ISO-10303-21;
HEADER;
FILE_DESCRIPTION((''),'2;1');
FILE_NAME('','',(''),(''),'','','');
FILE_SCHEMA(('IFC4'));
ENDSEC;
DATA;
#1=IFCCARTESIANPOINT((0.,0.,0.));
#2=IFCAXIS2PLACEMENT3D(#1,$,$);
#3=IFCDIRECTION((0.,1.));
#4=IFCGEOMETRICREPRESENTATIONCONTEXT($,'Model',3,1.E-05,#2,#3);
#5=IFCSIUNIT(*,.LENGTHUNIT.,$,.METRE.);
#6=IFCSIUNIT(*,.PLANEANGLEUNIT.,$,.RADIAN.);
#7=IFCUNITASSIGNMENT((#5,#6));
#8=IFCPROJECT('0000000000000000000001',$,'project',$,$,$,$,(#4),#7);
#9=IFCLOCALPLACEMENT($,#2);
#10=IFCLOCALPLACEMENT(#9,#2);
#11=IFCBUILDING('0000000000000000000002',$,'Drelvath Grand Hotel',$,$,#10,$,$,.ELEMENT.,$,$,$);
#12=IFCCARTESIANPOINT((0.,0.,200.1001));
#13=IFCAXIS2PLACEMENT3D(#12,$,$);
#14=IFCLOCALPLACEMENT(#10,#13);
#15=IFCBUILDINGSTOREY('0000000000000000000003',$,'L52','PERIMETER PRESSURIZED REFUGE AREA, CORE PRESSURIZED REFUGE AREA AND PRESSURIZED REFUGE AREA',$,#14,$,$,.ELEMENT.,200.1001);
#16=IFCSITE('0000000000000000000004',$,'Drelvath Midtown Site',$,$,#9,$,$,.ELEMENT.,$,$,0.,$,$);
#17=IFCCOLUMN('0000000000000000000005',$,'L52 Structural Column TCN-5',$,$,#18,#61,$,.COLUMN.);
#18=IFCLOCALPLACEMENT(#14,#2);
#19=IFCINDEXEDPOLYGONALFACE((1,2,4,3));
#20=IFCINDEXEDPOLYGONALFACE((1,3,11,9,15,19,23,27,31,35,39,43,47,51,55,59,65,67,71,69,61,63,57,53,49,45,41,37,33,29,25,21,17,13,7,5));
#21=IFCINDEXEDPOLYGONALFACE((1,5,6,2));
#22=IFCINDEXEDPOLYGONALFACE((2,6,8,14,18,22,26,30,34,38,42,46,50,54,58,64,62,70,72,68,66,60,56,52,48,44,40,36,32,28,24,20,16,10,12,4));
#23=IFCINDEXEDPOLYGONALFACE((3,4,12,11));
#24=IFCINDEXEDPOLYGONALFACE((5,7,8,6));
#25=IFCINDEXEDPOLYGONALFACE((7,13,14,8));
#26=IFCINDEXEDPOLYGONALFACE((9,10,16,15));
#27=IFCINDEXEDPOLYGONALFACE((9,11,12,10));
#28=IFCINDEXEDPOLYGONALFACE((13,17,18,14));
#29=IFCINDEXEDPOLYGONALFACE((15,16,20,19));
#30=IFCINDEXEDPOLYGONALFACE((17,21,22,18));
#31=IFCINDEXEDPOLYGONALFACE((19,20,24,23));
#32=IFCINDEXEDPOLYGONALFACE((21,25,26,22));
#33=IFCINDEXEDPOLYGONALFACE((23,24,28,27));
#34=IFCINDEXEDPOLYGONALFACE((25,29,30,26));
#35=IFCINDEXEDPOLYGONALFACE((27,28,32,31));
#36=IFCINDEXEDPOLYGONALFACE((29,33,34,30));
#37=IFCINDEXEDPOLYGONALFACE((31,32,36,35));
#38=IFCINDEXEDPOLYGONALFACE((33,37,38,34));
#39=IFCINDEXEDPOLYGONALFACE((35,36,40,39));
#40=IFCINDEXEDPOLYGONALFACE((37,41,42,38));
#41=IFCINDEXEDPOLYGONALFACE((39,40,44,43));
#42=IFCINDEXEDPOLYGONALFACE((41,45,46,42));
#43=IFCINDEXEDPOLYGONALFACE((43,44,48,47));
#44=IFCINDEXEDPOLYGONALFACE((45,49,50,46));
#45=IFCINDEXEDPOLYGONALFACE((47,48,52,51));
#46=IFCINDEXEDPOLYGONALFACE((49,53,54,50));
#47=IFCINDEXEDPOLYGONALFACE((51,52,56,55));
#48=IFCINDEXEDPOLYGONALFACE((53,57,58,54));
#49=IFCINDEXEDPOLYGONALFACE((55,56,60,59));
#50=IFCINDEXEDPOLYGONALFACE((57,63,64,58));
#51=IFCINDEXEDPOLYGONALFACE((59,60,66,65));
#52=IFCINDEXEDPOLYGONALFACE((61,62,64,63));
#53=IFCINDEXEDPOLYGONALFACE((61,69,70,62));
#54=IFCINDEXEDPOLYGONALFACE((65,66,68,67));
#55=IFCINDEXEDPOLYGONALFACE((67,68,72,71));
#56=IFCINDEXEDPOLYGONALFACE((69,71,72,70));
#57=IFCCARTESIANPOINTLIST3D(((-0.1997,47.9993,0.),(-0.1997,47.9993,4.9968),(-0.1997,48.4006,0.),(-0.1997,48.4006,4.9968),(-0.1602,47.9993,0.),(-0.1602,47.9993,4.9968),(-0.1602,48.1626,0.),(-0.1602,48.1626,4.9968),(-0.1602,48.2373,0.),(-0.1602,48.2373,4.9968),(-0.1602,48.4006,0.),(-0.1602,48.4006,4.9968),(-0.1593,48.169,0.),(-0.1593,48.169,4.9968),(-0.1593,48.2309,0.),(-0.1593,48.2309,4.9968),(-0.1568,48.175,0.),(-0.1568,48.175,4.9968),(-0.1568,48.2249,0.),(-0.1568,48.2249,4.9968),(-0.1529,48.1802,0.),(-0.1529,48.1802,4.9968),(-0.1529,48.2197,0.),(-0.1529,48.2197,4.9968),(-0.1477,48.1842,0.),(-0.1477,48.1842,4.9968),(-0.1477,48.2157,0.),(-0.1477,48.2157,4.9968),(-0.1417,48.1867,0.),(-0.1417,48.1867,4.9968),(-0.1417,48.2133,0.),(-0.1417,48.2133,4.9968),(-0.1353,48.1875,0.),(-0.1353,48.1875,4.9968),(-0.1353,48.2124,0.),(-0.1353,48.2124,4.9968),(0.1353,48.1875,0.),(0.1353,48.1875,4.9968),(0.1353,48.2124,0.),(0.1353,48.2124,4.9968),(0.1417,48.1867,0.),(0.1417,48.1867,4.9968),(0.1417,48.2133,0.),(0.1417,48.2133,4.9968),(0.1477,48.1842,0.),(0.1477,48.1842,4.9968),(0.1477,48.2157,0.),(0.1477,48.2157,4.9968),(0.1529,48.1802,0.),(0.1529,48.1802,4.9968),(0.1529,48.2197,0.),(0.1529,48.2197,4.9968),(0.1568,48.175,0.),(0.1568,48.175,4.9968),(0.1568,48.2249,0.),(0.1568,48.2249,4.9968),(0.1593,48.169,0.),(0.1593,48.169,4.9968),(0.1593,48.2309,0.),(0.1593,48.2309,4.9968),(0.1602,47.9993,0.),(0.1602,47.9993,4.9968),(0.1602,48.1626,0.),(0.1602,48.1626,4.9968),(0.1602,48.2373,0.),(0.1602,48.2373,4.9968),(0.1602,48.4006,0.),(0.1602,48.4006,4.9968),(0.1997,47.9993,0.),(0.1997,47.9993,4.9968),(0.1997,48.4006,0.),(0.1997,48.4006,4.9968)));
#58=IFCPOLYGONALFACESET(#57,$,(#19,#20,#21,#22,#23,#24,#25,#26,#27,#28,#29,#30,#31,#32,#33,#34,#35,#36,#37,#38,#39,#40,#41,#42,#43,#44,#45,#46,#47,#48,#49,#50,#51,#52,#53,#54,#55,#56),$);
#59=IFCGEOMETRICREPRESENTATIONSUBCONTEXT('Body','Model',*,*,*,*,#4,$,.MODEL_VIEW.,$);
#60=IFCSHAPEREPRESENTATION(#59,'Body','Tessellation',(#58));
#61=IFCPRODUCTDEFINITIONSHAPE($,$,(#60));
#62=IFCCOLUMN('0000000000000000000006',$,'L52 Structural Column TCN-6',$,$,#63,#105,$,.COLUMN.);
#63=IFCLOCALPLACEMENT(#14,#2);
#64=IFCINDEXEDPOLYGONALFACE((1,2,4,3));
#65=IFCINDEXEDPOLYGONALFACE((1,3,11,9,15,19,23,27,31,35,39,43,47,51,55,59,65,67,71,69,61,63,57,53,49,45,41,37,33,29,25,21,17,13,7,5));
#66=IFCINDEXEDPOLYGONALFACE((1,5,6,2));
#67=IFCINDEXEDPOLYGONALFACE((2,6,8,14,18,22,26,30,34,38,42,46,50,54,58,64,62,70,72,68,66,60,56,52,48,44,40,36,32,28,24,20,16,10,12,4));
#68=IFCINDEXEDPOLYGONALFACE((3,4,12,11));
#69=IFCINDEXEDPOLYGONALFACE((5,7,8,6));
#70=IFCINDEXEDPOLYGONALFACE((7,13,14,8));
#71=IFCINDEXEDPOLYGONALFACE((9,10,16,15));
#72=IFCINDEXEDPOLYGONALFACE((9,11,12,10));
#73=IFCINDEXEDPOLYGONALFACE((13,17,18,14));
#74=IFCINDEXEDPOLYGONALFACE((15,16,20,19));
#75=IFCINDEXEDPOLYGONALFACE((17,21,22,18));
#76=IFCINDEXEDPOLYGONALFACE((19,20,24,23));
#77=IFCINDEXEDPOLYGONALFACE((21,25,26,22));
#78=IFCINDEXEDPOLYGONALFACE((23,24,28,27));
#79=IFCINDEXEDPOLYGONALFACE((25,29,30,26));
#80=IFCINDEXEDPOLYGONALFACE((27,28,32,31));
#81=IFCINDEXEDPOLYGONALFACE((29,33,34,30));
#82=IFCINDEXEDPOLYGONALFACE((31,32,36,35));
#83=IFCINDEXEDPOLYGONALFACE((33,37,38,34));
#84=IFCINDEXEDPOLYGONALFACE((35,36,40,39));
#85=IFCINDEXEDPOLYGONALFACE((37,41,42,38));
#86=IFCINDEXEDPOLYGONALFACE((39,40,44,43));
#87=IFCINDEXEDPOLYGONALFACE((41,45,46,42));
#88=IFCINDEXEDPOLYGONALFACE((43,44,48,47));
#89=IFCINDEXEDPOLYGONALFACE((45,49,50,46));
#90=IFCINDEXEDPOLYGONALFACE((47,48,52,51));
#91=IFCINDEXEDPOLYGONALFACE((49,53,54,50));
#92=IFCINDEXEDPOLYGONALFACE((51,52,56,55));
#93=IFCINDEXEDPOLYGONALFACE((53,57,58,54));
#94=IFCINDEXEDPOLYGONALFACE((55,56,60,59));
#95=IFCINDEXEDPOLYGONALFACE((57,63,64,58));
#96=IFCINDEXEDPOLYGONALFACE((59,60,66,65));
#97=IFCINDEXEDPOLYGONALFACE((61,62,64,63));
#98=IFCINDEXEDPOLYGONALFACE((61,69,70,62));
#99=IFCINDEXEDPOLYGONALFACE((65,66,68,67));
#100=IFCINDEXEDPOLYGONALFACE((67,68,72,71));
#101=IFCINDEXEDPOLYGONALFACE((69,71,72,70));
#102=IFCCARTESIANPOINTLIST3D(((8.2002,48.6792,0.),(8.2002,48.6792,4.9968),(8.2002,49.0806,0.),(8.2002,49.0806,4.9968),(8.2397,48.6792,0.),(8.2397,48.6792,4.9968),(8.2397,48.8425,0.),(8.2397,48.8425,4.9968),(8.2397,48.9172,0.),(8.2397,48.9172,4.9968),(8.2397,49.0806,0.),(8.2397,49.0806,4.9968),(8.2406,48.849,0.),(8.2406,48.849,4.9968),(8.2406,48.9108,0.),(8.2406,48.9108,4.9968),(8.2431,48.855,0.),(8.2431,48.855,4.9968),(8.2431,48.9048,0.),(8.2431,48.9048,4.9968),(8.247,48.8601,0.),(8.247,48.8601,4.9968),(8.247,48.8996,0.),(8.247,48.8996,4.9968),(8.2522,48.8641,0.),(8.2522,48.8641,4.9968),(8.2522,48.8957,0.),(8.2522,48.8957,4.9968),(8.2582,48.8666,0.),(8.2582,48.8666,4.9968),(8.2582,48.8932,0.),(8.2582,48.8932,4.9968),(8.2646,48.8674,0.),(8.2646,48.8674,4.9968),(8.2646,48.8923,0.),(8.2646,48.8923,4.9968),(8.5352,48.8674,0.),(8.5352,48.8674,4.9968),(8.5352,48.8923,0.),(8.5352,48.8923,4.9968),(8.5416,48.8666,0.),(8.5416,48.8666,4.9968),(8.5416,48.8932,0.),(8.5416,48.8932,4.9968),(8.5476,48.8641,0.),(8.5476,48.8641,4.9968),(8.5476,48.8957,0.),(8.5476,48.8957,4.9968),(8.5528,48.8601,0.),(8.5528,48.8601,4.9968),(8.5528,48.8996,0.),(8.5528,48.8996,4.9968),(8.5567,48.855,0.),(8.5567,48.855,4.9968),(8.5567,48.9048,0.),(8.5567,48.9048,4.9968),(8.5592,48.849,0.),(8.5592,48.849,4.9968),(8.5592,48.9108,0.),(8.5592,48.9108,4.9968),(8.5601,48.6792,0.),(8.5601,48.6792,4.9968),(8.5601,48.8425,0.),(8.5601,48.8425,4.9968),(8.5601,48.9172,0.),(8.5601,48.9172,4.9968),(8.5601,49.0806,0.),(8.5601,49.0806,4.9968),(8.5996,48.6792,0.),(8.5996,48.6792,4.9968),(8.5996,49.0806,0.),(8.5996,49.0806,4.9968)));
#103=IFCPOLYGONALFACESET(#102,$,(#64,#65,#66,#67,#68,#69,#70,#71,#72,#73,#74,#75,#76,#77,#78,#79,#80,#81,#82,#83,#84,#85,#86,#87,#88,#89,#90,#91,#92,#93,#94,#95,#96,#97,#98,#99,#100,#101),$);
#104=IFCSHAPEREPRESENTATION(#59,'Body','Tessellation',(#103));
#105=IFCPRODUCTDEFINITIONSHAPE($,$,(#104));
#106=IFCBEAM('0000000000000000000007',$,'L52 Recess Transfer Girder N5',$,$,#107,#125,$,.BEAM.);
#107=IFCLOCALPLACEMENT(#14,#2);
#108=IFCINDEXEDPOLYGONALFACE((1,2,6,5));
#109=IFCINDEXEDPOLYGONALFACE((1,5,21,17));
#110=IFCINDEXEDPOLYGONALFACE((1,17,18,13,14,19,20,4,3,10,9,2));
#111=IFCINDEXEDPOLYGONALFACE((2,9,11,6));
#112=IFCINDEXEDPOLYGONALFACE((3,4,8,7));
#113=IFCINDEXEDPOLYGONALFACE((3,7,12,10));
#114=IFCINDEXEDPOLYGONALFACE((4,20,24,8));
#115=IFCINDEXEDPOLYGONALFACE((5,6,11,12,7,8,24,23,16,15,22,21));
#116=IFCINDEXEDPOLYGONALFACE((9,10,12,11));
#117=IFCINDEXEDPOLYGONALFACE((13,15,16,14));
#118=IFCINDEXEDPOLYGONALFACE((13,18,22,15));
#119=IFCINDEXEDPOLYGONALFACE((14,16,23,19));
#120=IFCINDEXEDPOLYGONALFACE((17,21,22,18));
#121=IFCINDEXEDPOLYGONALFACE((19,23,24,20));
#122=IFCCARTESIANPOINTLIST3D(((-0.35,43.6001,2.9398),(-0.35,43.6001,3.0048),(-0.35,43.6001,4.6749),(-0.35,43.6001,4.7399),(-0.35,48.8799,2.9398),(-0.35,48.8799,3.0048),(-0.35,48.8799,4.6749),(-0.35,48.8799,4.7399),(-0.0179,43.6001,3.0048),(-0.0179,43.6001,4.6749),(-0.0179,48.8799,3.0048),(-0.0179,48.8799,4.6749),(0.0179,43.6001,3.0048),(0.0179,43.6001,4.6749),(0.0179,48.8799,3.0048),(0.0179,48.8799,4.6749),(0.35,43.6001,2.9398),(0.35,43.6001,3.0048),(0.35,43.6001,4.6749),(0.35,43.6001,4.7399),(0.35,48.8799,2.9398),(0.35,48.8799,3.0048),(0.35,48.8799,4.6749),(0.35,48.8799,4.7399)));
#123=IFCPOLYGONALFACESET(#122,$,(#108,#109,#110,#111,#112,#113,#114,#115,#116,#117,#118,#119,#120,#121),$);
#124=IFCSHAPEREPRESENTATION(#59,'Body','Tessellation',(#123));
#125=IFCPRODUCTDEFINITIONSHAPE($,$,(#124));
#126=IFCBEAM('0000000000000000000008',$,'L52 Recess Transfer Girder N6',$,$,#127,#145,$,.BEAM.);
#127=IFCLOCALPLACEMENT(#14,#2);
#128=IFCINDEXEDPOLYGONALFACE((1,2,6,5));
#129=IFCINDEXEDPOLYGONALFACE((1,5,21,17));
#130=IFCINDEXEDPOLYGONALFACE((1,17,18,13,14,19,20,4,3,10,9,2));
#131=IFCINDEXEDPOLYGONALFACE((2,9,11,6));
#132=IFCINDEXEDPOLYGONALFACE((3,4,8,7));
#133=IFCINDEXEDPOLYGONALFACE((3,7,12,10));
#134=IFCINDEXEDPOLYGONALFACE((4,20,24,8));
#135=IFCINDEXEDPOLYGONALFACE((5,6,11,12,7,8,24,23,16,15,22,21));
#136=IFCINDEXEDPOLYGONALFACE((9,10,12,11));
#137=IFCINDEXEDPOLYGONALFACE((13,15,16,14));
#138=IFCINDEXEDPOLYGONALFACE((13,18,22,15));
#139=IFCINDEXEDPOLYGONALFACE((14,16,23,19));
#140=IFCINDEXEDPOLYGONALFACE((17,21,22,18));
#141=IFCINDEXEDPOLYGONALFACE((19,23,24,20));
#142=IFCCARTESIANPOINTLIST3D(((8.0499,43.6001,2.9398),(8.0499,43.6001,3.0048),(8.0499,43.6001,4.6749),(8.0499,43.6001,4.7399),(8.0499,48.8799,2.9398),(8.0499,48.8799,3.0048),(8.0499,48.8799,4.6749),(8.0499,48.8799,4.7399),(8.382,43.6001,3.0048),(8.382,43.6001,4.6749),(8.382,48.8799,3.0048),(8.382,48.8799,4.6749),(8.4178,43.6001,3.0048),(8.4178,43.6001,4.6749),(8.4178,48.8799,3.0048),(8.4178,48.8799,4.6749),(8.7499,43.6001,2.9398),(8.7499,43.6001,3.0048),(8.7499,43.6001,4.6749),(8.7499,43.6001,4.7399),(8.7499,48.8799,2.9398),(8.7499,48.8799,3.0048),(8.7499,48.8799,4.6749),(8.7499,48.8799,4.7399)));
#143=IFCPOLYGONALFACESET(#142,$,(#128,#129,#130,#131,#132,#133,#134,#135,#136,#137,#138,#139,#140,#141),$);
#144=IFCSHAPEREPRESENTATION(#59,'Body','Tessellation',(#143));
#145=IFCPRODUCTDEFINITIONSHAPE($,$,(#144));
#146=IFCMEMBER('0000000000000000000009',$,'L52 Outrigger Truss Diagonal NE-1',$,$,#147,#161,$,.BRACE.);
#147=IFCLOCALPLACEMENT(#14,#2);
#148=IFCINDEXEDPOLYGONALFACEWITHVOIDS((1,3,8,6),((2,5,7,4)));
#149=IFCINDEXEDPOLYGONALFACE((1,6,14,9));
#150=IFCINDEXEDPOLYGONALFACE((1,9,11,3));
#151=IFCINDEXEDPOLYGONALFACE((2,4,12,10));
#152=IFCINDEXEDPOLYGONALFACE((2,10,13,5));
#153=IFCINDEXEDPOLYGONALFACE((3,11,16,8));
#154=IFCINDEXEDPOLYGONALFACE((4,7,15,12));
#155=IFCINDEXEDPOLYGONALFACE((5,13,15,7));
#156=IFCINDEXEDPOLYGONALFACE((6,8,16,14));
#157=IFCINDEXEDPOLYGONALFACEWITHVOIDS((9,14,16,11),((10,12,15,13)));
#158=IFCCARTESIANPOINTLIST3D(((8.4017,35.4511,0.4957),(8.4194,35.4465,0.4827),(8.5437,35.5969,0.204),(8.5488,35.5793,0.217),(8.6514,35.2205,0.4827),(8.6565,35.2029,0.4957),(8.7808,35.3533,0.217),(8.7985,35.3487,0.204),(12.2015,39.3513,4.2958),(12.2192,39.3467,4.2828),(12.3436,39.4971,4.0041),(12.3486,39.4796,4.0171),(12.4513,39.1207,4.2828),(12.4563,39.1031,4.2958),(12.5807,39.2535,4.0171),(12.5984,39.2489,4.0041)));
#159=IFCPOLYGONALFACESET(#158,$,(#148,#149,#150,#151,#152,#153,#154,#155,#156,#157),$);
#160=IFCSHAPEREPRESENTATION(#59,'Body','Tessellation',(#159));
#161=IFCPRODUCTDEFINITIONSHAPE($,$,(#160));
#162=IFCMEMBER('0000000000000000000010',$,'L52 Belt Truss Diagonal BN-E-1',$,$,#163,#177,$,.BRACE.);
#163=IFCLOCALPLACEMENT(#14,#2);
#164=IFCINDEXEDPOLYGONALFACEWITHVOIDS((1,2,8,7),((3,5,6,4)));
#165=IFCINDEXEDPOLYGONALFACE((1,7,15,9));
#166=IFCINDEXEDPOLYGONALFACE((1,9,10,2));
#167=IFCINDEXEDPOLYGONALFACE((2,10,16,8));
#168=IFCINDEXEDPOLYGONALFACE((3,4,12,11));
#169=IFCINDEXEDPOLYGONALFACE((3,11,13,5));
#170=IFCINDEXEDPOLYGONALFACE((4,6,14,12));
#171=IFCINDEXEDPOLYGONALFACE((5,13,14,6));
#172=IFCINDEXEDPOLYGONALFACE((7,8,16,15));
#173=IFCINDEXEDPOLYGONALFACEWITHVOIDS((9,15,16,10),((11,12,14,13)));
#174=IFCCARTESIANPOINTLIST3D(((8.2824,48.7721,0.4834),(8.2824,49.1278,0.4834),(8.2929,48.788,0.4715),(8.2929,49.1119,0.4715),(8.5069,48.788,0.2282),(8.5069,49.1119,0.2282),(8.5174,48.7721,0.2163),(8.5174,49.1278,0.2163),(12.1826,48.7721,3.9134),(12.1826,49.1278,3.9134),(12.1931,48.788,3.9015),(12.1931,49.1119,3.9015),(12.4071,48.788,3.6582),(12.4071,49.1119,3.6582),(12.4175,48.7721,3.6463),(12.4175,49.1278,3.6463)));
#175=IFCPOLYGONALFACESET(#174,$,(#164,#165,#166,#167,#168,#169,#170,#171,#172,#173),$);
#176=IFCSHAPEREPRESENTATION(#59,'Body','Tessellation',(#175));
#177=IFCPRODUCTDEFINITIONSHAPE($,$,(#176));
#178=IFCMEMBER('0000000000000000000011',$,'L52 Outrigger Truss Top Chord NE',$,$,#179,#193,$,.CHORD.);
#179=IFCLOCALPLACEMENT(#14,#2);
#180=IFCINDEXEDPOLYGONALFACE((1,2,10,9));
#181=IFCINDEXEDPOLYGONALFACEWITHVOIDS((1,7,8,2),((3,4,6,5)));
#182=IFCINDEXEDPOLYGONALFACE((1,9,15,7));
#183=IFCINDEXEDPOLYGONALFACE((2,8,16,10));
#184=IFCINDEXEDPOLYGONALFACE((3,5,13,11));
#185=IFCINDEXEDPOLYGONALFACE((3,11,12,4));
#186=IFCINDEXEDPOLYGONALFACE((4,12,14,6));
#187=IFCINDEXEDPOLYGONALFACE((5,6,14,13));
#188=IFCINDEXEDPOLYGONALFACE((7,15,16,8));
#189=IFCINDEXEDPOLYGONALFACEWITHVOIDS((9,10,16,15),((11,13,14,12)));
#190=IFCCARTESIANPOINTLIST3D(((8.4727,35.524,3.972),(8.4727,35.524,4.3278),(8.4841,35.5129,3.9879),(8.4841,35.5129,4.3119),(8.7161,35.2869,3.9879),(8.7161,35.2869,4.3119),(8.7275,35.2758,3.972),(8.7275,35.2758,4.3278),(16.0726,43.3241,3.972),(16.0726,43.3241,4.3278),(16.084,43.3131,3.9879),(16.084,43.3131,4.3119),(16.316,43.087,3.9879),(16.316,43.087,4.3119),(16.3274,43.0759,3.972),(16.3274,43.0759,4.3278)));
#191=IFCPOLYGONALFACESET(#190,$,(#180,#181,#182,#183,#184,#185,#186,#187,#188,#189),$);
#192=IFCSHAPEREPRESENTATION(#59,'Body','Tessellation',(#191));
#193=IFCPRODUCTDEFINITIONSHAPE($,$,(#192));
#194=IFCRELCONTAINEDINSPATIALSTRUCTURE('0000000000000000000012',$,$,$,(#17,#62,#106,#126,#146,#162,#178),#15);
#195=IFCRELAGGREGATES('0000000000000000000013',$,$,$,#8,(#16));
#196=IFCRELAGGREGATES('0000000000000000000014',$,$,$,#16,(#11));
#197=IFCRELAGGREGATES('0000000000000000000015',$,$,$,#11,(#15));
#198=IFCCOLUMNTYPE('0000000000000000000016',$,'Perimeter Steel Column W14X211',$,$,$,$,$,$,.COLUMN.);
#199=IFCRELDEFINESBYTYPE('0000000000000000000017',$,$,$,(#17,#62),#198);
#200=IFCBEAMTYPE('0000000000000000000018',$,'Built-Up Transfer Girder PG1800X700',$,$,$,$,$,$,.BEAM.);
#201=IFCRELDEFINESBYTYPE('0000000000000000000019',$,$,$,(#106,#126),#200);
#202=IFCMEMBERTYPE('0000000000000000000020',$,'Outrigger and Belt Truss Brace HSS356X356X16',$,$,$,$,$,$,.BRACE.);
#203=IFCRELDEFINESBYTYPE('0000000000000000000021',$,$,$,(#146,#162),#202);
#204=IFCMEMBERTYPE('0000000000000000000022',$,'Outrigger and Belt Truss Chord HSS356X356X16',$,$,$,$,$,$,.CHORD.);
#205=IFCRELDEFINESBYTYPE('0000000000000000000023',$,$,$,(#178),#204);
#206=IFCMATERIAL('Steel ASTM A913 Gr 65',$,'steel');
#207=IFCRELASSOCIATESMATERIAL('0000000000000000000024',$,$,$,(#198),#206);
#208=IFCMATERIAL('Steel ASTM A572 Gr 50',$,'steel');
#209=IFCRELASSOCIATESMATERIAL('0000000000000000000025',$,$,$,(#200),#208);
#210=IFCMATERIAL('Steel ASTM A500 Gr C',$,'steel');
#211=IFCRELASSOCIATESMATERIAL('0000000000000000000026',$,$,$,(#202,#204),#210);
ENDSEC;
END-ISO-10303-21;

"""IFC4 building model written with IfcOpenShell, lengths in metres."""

from ifc_helpers import new_model, si_unit, direction, frame, origin, origin_2d, place, context, subcontext, project, spatial, hollow_rectangle, i_section, extrude, material, material_profile, profile_set, type_object, element, save


model = new_model("IFC4")

# Units and contexts
model_context = context("Model", 3, precision=1e-05, world=origin(), true_north=direction((0.0, 1.0)))
body_context = subcontext(model_context, "Body", "Model", "MODEL_VIEW")
ifc_project = project(units=[si_unit("LENGTHUNIT", "METRE"), si_unit("PLANEANGLEUNIT", "RADIAN")], contexts=[model_context])

# Site, building, storey
site_placement = place(None, origin())
site = spatial("IfcSite", under=ifc_project, at=site_placement, Name="Drelvath Midtown Site", CompositionType="ELEMENT", RefElevation=0.0)
building_placement = place(site_placement, origin())
building = spatial("IfcBuilding", under=site, at=building_placement, Name="Drelvath Grand Hotel", CompositionType="ELEMENT")
storey_placement = place(building_placement, frame((0.0, 0.0, 200.1001)))
storey = spatial("IfcBuildingStorey", under=building, at=storey_placement, Name="L52", Description="PERIMETER PRESSURIZED REFUGE AREA, CORE PRESSURIZED REFUGE AREA AND PRESSURIZED REFUGE AREA", CompositionType="ELEMENT", Elevation=200.1001)

# Columns
ifc_material_1 = material(Name="Steel ASTM A913 Gr 65", Category="steel")
ifc_material_profile_1 = material_profile(ifc_material_1, i_section(OverallWidth=0.4014, OverallDepth=0.3994, WebThickness=0.0249, FlangeThickness=0.0396, FilletRadius=0.0249, at=origin_2d()), Name="W14X211")
ifc_profile_set_1 = profile_set([ifc_material_profile_1], Name="Steel ASTM A913 Gr 65")
column_type = type_object("IfcColumnType", Name="Perimeter Steel Column W14X211", PredefinedType="COLUMN", material=ifc_profile_set_1)
for number, where, z_axis, x_axis, name in (
    (1, (0.0, 48.2, 0.0), (0.0, 0.0, 1.0), (0.0, 1.0, 0.0), "L52 Structural Column TCN-5"),
    (2, (8.3999, 48.8799, 0.0), (0.0, 0.0, 1.0), (0.0, 1.0, 0.0), "L52 Structural Column TCN-6"),
):
    element("IfcColumn", number, at=place(storey_placement, frame(where, z_axis=z_axis, x_axis=x_axis)), inside=storey, type_object=column_type, Name=name, PredefinedType="COLUMN", context=body_context, shape_type="SweptSolid", body=[
        extrude(i_section(OverallWidth=0.4014, OverallDepth=0.3994, WebThickness=0.0249, FlangeThickness=0.0396, FilletRadius=0.0249, at=origin_2d()), origin(), (0.0, 0.0, 1.0), 4.9968),
    ])

# Beams
ifc_material_2 = material(Name="Steel ASTM A572 Gr 50", Category="steel")
ifc_material_profile_2 = material_profile(ifc_material_2, i_section(OverallWidth=0.7, OverallDepth=1.8, WebThickness=0.0359, FlangeThickness=0.0649, at=origin_2d()), Name="PG1800X700")
ifc_profile_set_2 = profile_set([ifc_material_profile_2], Name="Steel ASTM A572 Gr 50")
beam_type_1 = type_object("IfcBeamType", Name="Built-Up Transfer Girder PG1800X700", PredefinedType="BEAM", material=ifc_profile_set_2)
for number, where, z_axis, x_axis, name in (
    (3, (0.0, 43.6001, 3.8398), (0.0, 1.0, 0.0), (-1.0, 0.0, 0.0), "L52 Recess Transfer Girder N5"),
    (4, (8.3999, 43.6001, 3.8398), (0.0, 1.0, 0.0), (-1.0, 0.0, 0.0), "L52 Recess Transfer Girder N6"),
):
    element("IfcBeam", number, at=place(storey_placement, frame(where, z_axis=z_axis, x_axis=x_axis)), inside=storey, type_object=beam_type_1, Name=name, PredefinedType="BEAM", context=body_context, shape_type="SweptSolid", body=[
        extrude(i_section(OverallWidth=0.7, OverallDepth=1.8, WebThickness=0.0359, FlangeThickness=0.0649, at=origin_2d()), origin(), (0.0, 0.0, 1.0), 5.2798),
    ])

# Members
ifc_material_3 = material(Name="Steel ASTM A500 Gr C", Category="steel")
ifc_material_profile_3 = material_profile(ifc_material_3, hollow_rectangle(XDim=0.3557, YDim=0.3557, WallThickness=0.0159, at=origin_2d()), Name="HSS356X356X16")
ifc_profile_set_3 = profile_set([ifc_material_profile_3], Name="Steel ASTM A500 Gr C")
member_type_1 = type_object("IfcMemberType", Name="Outrigger and Belt Truss Brace HSS356X356X16", PredefinedType="BRACE", material=ifc_profile_set_3)
member_1_placement = place(storey_placement, frame((8.6001, 35.3999, 0.3499), z_axis=(0.572257, 0.587369, 0.572294), x_axis=(-0.716261, 0.697833, 0.0)))
element("IfcMember", 5, at=member_1_placement, inside=storey, type_object=member_type_1, Name="L52 Outrigger Truss Diagonal NE-1", PredefinedType="BRACE", context=body_context, shape_type="SweptSolid", body=[
    extrude(hollow_rectangle(XDim=0.3557, YDim=0.3557, WallThickness=0.0159, at=origin_2d()), origin(), (0.0, 0.0, 1.0), 6.6401),
])
member_2_placement = place(storey_placement, frame((8.3999, 48.95, 0.3499), z_axis=(0.750923, 0.0, 0.660389), x_axis=(0.0, 1.0, 0.0)))
element("IfcMember", 6, at=member_2_placement, inside=storey, type_object=member_type_1, Name="L52 Belt Truss Diagonal BN-E-1", PredefinedType="BRACE", context=body_context, shape_type="SweptSolid", body=[
    extrude(hollow_rectangle(XDim=0.3557, YDim=0.3557, WallThickness=0.0159, at=origin_2d()), origin(), (0.0, 0.0, 1.0), 5.1938),
])
ifc_material_profile_4 = material_profile(ifc_material_3, hollow_rectangle(XDim=0.3557, YDim=0.3557, WallThickness=0.0159, at=origin_2d()), Name="HSS356X356X16")
ifc_profile_set_4 = profile_set([ifc_material_profile_4], Name="Steel ASTM A500 Gr C")
member_type_2 = type_object("IfcMemberType", Name="Outrigger and Belt Truss Chord HSS356X356X16", PredefinedType="CHORD", material=ifc_profile_set_4)
member_3_placement = place(storey_placement, frame((8.6001, 35.3999, 4.1499), z_axis=(0.697856, 0.716238, 0.0), x_axis=(-0.716238, 0.697856, 0.0)))
element("IfcMember", 7, at=member_3_placement, inside=storey, type_object=member_type_2, Name="L52 Outrigger Truss Top Chord NE", PredefinedType="CHORD", context=body_context, shape_type="SweptSolid", body=[
    extrude(hollow_rectangle(XDim=0.3557, YDim=0.3557, WallThickness=0.0159, at=origin_2d()), origin(), (0.0, 0.0, 1.0), 10.8904),
])

save(model, "model.ifc")
